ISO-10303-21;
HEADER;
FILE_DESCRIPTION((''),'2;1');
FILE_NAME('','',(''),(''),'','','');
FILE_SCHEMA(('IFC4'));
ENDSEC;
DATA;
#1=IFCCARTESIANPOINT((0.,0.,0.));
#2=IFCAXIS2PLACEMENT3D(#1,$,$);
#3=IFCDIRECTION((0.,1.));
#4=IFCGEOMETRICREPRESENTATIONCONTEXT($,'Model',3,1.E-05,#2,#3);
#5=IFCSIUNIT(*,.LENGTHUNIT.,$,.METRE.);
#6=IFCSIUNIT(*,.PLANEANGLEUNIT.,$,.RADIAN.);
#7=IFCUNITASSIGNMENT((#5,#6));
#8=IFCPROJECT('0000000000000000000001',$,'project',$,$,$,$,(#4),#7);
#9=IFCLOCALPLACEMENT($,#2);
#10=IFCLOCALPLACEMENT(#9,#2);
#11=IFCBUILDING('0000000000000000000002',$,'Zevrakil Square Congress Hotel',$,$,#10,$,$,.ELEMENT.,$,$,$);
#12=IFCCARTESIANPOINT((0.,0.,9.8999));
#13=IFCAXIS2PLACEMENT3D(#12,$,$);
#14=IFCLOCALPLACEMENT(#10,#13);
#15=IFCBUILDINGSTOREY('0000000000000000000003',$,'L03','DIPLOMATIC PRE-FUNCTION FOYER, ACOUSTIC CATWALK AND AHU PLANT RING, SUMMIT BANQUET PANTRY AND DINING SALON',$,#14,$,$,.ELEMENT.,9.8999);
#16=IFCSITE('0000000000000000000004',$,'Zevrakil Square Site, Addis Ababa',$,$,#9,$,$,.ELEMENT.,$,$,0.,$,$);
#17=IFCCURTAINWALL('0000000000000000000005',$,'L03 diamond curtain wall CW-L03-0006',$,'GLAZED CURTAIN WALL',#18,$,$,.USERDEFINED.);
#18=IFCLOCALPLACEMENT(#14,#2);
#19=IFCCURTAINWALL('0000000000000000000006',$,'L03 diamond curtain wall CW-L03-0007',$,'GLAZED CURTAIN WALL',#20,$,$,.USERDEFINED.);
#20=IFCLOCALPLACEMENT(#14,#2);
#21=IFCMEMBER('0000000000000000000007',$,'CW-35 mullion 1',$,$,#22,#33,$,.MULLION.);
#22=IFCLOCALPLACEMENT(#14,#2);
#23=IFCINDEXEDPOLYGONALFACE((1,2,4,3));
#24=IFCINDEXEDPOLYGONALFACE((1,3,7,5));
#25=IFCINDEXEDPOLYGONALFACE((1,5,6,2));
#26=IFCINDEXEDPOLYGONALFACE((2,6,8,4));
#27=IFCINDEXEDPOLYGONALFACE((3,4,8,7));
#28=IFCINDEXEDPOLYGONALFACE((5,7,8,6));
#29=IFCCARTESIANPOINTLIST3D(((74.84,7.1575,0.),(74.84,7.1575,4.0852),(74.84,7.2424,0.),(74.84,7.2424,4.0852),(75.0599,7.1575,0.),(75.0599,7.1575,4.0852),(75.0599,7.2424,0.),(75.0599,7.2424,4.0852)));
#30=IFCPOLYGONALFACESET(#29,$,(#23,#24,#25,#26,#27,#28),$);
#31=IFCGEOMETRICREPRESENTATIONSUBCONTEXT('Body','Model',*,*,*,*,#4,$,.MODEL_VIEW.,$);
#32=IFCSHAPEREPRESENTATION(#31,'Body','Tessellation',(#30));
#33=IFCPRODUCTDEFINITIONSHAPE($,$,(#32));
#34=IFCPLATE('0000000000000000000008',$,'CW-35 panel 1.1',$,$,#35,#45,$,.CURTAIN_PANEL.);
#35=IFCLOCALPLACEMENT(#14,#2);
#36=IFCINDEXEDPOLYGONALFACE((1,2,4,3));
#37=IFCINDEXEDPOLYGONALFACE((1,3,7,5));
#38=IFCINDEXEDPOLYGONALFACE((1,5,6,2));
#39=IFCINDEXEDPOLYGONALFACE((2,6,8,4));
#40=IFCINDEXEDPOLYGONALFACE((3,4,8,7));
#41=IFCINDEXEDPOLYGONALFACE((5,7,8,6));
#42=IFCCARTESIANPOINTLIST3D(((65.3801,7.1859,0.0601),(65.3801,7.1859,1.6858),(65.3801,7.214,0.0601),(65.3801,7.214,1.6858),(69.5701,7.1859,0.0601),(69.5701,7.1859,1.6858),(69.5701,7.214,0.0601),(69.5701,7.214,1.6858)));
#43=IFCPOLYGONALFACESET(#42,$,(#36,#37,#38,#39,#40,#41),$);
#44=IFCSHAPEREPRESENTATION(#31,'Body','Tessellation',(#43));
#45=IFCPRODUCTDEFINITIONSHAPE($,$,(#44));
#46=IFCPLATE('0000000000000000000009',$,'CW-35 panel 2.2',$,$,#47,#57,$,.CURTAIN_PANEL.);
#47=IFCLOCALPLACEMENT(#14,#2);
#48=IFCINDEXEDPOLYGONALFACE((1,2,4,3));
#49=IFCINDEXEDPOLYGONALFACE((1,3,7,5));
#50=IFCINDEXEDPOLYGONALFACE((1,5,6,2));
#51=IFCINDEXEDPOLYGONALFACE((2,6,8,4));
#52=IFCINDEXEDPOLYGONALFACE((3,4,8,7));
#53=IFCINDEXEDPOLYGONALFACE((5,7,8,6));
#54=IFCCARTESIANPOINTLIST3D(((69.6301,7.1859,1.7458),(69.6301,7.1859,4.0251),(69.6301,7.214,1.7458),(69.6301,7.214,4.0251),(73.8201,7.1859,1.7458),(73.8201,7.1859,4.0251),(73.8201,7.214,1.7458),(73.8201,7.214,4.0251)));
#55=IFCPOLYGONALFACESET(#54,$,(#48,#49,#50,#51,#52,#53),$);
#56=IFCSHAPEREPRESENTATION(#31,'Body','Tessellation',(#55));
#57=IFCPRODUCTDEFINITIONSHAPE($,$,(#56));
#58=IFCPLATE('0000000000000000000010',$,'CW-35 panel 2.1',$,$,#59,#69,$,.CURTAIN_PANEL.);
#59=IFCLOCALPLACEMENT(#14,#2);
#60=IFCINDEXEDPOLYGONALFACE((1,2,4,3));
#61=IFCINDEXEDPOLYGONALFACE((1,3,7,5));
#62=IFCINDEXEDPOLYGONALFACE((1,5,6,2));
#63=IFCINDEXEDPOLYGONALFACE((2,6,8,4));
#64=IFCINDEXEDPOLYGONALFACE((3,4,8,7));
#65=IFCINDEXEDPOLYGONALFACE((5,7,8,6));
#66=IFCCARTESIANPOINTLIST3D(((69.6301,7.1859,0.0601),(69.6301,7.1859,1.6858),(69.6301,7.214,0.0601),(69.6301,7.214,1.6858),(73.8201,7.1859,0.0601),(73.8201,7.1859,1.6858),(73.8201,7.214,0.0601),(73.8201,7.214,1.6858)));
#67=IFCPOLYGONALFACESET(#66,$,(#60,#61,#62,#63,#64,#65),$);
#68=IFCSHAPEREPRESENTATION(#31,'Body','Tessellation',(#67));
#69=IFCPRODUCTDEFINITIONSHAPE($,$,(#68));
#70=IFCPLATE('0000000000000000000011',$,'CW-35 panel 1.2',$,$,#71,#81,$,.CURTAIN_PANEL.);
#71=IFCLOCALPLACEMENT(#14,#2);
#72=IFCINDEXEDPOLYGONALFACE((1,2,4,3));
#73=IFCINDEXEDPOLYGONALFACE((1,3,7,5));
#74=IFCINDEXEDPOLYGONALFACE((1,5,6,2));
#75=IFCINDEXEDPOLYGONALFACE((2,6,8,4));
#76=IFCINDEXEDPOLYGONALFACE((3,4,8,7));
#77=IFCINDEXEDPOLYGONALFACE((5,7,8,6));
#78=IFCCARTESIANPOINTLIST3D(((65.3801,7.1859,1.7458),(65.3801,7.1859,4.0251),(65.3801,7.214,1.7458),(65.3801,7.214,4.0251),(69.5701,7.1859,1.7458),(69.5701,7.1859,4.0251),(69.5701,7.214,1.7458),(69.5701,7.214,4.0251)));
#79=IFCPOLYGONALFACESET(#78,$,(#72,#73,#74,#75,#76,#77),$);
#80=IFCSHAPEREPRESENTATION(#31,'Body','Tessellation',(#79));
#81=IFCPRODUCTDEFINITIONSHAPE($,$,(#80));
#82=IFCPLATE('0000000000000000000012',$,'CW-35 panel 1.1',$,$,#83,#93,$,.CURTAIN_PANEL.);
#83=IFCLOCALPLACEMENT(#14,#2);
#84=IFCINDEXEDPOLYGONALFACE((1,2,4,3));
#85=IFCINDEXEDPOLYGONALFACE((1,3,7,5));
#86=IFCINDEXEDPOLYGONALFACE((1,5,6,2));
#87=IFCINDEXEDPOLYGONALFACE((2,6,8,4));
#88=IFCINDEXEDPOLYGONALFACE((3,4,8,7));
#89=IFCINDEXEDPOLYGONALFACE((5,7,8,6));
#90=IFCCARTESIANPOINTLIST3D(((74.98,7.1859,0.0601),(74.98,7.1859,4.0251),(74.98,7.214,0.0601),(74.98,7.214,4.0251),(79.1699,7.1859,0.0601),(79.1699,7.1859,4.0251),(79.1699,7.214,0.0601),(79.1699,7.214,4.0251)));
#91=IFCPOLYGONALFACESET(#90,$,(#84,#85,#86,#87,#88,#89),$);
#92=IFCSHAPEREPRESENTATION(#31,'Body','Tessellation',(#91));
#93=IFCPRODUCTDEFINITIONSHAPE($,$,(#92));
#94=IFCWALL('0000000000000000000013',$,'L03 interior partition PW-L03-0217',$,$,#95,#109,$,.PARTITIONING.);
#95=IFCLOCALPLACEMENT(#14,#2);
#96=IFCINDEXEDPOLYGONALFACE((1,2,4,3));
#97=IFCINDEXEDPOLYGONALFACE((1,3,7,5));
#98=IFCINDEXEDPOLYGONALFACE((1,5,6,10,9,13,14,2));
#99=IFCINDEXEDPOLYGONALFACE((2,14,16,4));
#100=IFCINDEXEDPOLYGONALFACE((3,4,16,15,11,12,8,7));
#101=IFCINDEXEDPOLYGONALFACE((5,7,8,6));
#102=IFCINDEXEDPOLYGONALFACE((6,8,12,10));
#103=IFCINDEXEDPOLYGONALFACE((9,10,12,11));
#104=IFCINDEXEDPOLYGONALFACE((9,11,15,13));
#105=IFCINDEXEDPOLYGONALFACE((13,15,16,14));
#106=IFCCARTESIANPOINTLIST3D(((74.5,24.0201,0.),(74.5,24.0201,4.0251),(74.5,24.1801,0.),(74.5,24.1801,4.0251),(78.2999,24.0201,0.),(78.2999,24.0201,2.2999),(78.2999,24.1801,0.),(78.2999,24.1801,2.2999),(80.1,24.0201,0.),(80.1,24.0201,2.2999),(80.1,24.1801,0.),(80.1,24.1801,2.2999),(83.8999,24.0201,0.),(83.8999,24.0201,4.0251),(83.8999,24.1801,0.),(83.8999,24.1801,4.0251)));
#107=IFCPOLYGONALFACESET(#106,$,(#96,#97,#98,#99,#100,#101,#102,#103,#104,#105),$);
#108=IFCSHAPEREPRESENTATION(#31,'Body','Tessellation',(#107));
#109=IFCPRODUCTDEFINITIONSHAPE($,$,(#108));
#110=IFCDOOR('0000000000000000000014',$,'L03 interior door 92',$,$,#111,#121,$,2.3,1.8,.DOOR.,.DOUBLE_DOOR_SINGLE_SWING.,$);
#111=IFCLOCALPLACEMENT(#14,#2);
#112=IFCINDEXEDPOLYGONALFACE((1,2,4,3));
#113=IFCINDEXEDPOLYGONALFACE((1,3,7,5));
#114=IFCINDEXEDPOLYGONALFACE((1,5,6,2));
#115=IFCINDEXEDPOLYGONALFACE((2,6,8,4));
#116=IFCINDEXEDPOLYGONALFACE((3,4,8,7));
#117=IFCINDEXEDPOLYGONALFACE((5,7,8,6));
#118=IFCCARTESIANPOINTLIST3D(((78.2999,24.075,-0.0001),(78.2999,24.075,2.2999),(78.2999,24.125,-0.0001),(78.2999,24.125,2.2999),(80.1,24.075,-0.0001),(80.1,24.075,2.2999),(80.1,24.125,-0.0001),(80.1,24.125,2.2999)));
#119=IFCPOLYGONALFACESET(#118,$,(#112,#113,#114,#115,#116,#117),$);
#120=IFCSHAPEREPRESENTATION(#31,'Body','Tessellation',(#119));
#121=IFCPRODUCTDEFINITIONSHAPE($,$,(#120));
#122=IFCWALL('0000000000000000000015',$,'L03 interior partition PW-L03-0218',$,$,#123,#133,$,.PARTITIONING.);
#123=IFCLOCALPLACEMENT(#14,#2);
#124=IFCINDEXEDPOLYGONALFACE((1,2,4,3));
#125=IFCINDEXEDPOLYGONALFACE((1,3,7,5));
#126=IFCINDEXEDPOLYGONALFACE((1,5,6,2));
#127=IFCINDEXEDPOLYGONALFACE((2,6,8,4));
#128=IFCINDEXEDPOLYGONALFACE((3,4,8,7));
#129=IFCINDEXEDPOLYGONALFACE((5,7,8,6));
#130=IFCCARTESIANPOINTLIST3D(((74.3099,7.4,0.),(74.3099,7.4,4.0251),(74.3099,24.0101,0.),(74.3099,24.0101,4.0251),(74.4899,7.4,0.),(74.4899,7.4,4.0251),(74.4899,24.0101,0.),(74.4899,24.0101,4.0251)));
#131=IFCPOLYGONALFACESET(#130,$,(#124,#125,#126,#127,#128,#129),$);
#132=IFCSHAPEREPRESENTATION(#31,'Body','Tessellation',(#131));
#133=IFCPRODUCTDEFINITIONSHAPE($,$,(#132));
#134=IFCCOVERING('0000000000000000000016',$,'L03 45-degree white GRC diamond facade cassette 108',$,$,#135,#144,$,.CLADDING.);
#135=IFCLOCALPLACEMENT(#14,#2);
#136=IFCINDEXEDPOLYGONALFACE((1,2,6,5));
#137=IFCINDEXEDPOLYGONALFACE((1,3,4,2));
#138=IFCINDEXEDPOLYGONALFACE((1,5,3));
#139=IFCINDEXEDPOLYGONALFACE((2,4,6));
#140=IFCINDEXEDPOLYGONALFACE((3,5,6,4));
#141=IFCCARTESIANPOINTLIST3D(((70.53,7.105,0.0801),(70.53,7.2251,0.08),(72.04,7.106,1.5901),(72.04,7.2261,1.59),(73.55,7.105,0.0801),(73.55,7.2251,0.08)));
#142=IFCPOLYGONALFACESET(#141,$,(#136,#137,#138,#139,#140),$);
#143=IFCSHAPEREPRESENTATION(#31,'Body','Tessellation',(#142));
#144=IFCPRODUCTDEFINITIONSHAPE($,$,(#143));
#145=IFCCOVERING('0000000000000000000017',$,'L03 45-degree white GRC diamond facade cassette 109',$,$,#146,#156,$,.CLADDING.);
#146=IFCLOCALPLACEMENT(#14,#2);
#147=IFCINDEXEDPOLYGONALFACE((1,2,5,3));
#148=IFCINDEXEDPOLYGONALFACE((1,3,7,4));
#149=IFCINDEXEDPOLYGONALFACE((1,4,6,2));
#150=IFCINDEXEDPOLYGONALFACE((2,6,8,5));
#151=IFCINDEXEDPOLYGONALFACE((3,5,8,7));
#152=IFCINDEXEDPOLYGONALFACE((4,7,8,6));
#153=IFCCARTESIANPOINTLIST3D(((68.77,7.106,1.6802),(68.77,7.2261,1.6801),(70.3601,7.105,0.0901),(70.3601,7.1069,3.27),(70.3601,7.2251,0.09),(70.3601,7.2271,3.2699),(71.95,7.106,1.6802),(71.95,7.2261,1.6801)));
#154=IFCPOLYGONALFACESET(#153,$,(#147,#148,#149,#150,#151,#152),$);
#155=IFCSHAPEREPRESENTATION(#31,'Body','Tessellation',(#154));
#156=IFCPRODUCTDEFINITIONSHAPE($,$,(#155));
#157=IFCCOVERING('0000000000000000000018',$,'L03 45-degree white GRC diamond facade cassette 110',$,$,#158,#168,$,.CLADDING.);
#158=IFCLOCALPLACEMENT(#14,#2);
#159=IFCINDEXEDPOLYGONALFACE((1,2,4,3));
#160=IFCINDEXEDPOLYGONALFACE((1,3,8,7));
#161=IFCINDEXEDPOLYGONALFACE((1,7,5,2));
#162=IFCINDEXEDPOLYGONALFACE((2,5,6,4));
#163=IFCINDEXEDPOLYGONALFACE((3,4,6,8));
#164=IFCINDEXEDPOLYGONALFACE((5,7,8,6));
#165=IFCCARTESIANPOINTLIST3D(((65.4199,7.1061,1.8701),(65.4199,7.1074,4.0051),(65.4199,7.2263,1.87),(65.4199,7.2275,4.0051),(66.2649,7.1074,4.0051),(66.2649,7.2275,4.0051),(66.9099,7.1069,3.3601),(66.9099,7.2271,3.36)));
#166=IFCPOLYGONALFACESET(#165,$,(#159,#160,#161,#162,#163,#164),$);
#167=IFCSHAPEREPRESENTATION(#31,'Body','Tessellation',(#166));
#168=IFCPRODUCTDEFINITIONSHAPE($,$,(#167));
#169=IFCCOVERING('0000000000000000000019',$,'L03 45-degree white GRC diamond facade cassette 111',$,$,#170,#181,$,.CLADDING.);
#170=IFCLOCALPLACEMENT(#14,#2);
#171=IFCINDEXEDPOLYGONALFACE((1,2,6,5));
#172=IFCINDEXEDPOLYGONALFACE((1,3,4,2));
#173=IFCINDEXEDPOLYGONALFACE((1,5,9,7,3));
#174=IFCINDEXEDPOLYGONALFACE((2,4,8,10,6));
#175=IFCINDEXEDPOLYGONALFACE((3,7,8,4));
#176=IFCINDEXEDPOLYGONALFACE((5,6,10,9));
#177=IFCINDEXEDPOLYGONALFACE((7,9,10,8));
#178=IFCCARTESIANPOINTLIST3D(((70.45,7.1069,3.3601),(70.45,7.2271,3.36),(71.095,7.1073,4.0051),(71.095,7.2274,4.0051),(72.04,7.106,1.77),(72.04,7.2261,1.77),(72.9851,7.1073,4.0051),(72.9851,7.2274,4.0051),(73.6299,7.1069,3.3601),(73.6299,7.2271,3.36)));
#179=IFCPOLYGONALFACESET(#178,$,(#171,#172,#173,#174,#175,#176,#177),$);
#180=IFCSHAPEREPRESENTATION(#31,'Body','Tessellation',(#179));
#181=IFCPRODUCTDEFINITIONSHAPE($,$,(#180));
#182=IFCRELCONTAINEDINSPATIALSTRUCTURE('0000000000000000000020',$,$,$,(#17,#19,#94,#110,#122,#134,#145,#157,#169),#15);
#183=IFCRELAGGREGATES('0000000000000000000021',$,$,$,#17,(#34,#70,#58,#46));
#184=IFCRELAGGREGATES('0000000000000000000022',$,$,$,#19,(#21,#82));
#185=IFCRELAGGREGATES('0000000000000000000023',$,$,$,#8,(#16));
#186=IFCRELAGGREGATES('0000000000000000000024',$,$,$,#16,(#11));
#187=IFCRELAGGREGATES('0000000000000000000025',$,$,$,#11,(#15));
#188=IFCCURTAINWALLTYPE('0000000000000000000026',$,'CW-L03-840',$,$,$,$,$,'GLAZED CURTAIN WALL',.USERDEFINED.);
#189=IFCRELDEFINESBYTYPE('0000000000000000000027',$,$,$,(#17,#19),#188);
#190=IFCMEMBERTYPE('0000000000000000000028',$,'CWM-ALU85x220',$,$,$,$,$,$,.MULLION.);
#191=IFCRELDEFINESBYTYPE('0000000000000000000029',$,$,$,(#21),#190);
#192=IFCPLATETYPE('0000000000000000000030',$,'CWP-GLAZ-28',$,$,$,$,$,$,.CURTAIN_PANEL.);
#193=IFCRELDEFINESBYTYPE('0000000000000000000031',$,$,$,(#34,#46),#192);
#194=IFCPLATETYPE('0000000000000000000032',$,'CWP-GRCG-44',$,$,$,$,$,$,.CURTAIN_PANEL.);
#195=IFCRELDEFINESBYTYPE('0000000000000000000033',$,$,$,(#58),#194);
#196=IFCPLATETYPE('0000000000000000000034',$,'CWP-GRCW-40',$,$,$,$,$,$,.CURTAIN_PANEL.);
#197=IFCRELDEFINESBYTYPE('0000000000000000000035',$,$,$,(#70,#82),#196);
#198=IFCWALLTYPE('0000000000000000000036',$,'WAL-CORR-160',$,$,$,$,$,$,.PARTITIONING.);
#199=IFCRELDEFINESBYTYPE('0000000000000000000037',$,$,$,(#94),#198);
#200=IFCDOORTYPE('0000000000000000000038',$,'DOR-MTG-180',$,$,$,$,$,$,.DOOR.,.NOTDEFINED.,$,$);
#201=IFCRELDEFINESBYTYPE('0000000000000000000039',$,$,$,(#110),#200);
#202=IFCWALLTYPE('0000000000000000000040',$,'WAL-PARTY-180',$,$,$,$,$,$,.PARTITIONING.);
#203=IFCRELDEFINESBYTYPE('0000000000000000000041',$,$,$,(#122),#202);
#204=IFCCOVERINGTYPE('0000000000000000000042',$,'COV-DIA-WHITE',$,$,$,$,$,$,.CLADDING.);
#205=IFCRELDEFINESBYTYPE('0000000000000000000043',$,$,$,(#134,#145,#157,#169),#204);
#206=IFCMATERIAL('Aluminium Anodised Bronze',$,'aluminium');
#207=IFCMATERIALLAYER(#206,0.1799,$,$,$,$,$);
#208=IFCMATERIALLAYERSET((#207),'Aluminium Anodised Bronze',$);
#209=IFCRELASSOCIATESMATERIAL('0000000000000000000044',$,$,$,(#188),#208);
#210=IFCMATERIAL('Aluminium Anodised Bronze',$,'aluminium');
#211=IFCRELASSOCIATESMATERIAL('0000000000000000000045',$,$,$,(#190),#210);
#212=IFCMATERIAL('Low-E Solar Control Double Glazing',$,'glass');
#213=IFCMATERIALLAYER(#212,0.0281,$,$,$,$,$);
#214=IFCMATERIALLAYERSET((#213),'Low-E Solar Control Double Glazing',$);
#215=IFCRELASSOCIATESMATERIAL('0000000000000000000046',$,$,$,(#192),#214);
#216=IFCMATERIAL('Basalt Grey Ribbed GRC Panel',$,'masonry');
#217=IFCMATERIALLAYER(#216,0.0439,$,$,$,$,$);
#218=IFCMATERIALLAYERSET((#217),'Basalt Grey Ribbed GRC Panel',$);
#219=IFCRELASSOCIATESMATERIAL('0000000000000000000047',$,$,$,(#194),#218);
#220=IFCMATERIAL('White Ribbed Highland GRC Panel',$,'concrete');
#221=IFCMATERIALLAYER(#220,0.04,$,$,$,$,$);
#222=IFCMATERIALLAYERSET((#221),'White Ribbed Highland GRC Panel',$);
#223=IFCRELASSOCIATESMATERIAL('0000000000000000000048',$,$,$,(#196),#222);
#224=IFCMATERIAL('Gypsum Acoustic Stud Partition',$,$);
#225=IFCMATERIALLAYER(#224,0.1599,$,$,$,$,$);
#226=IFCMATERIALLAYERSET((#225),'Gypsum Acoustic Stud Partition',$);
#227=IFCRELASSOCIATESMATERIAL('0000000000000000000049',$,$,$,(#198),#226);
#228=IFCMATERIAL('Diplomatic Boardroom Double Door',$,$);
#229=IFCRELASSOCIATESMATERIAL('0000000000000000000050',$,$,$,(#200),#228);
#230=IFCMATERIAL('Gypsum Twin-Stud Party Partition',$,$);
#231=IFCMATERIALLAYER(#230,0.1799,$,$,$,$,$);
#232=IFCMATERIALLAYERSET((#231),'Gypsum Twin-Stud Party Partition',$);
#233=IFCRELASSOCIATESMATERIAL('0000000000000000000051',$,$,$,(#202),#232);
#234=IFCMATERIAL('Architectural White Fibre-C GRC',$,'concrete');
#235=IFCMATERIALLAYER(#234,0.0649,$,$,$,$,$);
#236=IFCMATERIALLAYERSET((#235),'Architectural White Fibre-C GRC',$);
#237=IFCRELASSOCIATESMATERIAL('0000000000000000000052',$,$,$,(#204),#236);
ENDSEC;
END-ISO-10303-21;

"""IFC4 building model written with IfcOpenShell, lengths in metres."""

from ifc_helpers import new_model, si_unit, direction, frame, frame_2d, origin, origin_2d, place, context, subcontext, project, spatial, polyline, rectangle, outline, extrude, material, layer, layer_set, material_profile, profile_set, type_object, element, fill, aggregate, save


model = new_model("IFC4")

# Units and contexts
model_context = context("Model", 3, precision=1e-05, world=origin(), true_north=direction((0.0, 1.0)))
body_context = subcontext(model_context, "Body", "Model", "MODEL_VIEW")
ifc_project = project(units=[si_unit("LENGTHUNIT", "METRE"), si_unit("PLANEANGLEUNIT", "RADIAN")], contexts=[model_context])

# Site, building, storey
site_placement = place(None, origin())
site = spatial("IfcSite", under=ifc_project, at=site_placement, Name="Zevrakil Square Site, Addis Ababa", CompositionType="ELEMENT", RefElevation=0.0)
building_placement = place(site_placement, origin())
building = spatial("IfcBuilding", under=site, at=building_placement, Name="Zevrakil Square Congress Hotel", CompositionType="ELEMENT")
storey_placement = place(building_placement, frame((0.0, 0.0, 9.8999)))
storey = spatial("IfcBuildingStorey", under=building, at=storey_placement, Name="L03", Description="DIPLOMATIC PRE-FUNCTION FOYER, ACOUSTIC CATWALK AND AHU PLANT RING, SUMMIT BANQUET PANTRY AND DINING SALON", CompositionType="ELEMENT", Elevation=9.8999)

# Curtain walls
ifc_material_1 = material(Name="Aluminium Anodised Bronze", Category="aluminium")
ifc_layer_1 = layer(ifc_material_1, 0.1799)
ifc_layer_set_1 = layer_set([ifc_layer_1], Name="Aluminium Anodised Bronze")
curtain_wall_type = type_object("IfcCurtainWallType", Name="CW-L03-840", ElementType="GLAZED CURTAIN WALL", PredefinedType="USERDEFINED", material=ifc_layer_set_1)
curtain_wall_1_placement = place(storey_placement, origin())
curtain_wall_1 = element("IfcCurtainWall", 1, at=curtain_wall_1_placement, inside=storey, type_object=curtain_wall_type, Name="L03 diamond curtain wall CW-L03-0006", ObjectType="GLAZED CURTAIN WALL", PredefinedType="USERDEFINED")
curtain_wall_2_placement = place(storey_placement, origin())
curtain_wall_2 = element("IfcCurtainWall", 2, at=curtain_wall_2_placement, inside=storey, type_object=curtain_wall_type, Name="L03 diamond curtain wall CW-L03-0007", ObjectType="GLAZED CURTAIN WALL", PredefinedType="USERDEFINED")

# Member
ifc_material_2 = material(Name="Aluminium Anodised Bronze", Category="aluminium")
ifc_material_profile_1 = material_profile(ifc_material_2, rectangle(XDim=0.085, YDim=0.22, at=origin_2d()), Name="ALU 85x220")
ifc_profile_set_1 = profile_set([ifc_material_profile_1], Name="Aluminium Anodised Bronze")
member_type_1 = type_object("IfcMemberType", Name="CWM-ALU85x220", PredefinedType="MULLION", material=ifc_profile_set_1)
member_1_placement = place(storey_placement, frame((74.95, 7.2, 0.0), z_axis=(0.0, 0.0, 1.0), x_axis=(0.0, 1.0, 0.0)))
member_1 = element("IfcMember", 3, at=member_1_placement, type_object=member_type_1, Name="CW-35 mullion 1", PredefinedType="MULLION", context=body_context, shape_type="SweptSolid", body=[
    extrude(rectangle(XDim=0.085, YDim=0.22, at=origin_2d()), origin(), (0.0, 0.0, 1.0), 4.0852),
])

# Plates
ifc_material_3 = material(Name="Low-E Solar Control Double Glazing", Category="glass")
ifc_layer_2 = layer(ifc_material_3, 0.0281)
ifc_layer_set_2 = layer_set([ifc_layer_2], Name="Low-E Solar Control Double Glazing")
plate_type_1 = type_object("IfcPlateType", Name="CWP-GLAZ-28", PredefinedType="CURTAIN_PANEL", material=ifc_layer_set_2)
plate_1_placement = place(storey_placement, frame((67.4751, 7.2, 0.0601), z_axis=(0.0, 0.0, 1.0), x_axis=(1.0, 0.0, 0.0)))
plate_1 = element("IfcPlate", 4, at=plate_1_placement, type_object=plate_type_1, Name="CW-35 panel 1.1", PredefinedType="CURTAIN_PANEL", context=body_context, shape_type="SweptSolid", body=[
    extrude(rectangle(XDim=4.1899, YDim=0.0281, at=origin_2d()), origin(), (0.0, 0.0, 1.0), 1.6257),
])
plate_2_placement = place(storey_placement, frame((71.7251, 7.2, 1.7458), z_axis=(0.0, 0.0, 1.0), x_axis=(1.0, 0.0, 0.0)))
plate_2 = element("IfcPlate", 5, at=plate_2_placement, type_object=plate_type_1, Name="CW-35 panel 2.2", PredefinedType="CURTAIN_PANEL", context=body_context, shape_type="SweptSolid", body=[
    extrude(rectangle(XDim=4.1899, YDim=0.0281, at=origin_2d()), origin(), (0.0, 0.0, 1.0), 2.2793),
])
ifc_material_4 = material(Name="Basalt Grey Ribbed GRC Panel", Category="masonry")
ifc_layer_3 = layer(ifc_material_4, 0.0439)
ifc_layer_set_3 = layer_set([ifc_layer_3], Name="Basalt Grey Ribbed GRC Panel")
plate_type_2 = type_object("IfcPlateType", Name="CWP-GRCG-44", PredefinedType="CURTAIN_PANEL", material=ifc_layer_set_3)
plate_3_placement = place(storey_placement, frame((71.7251, 7.2, 0.0601), z_axis=(0.0, 0.0, 1.0), x_axis=(1.0, 0.0, 0.0)))
plate_3 = element("IfcPlate", 6, at=plate_3_placement, type_object=plate_type_2, Name="CW-35 panel 2.1", PredefinedType="CURTAIN_PANEL", context=body_context, shape_type="SweptSolid", body=[
    extrude(rectangle(XDim=4.1899, YDim=0.0281, at=origin_2d()), origin(), (0.0, 0.0, 1.0), 1.6257),
])
ifc_material_5 = material(Name="White Ribbed Highland GRC Panel", Category="concrete")
ifc_layer_4 = layer(ifc_material_5, 0.04)
ifc_layer_set_4 = layer_set([ifc_layer_4], Name="White Ribbed Highland GRC Panel")
plate_type_3 = type_object("IfcPlateType", Name="CWP-GRCW-40", PredefinedType="CURTAIN_PANEL", material=ifc_layer_set_4)
plate_4_placement = place(storey_placement, frame((67.4751, 7.2, 1.7458), z_axis=(0.0, 0.0, 1.0), x_axis=(1.0, 0.0, 0.0)))
plate_4 = element("IfcPlate", 7, at=plate_4_placement, type_object=plate_type_3, Name="CW-35 panel 1.2", PredefinedType="CURTAIN_PANEL", context=body_context, shape_type="SweptSolid", body=[
    extrude(rectangle(XDim=4.1899, YDim=0.0281, at=origin_2d()), origin(), (0.0, 0.0, 1.0), 2.2793),
])
aggregate(curtain_wall_1, [plate_1, plate_4, plate_3, plate_2])
plate_5_placement = place(storey_placement, frame((77.075, 7.2, 0.0601), z_axis=(0.0, 0.0, 1.0), x_axis=(1.0, 0.0, 0.0)))
plate_5 = element("IfcPlate", 8, at=plate_5_placement, type_object=plate_type_3, Name="CW-35 panel 1.1", PredefinedType="CURTAIN_PANEL", context=body_context, shape_type="SweptSolid", body=[
    extrude(rectangle(XDim=4.1899, YDim=0.0281, at=origin_2d()), origin(), (0.0, 0.0, 1.0), 3.9651),
])
aggregate(curtain_wall_2, [member_1, plate_5])

# Wall, opening, door
ifc_material_6 = material(Name="Gypsum Acoustic Stud Partition")
ifc_layer_5 = layer(ifc_material_6, 0.1599)
ifc_layer_set_5 = layer_set([ifc_layer_5], Name="Gypsum Acoustic Stud Partition")
wall_type_1 = type_object("IfcWallType", Name="WAL-CORR-160", PredefinedType="PARTITIONING", material=ifc_layer_set_5)
wall_1_placement = place(storey_placement, frame((74.5, 24.1001, 0.0), z_axis=(0.0, 0.0, 1.0), x_axis=(1.0, 0.0, 0.0)))
wall_1 = element("IfcWall", 9, at=wall_1_placement, inside=storey, type_object=wall_type_1, Name="L03 interior partition PW-L03-0217", PredefinedType="PARTITIONING", context=body_context, shape_type="SweptSolid", body=[
    extrude(rectangle(XDim=9.3999, YDim=0.1599, at=frame_2d((4.7, 0.0))), origin(), (0.0, 0.0, 1.0), 4.0251),
])
opening_placement = place(wall_1_placement, frame((3.8, 0.0, 0.0)))
opening = element("IfcOpeningElement", 10, at=opening_placement, cuts=wall_1, PredefinedType="OPENING", context=body_context, shape_type="SweptSolid", body=[
    extrude(rectangle(XDim=1.8, YDim=2.3, at=frame_2d((0.8999, 1.1499))), frame((0.0, 0.0898, 0.0), z_axis=(0.0, -1.0, 0.0), x_axis=(1.0, 0.0, 0.0)), (0.0, 0.0, 1.0), 0.1799),
])
ifc_material_7 = material(Name="Diplomatic Boardroom Double Door")
door_type = type_object("IfcDoorType", Name="DOR-MTG-180", OperationType="NOTDEFINED", PredefinedType="DOOR", material=ifc_material_7)
door_placement = place(opening_placement, origin())
door = element("IfcDoor", 11, at=door_placement, inside=storey, type_object=door_type, Name="L03 interior door 92", OperationType="DOUBLE_DOOR_SINGLE_SWING", OverallHeight=2.3, OverallWidth=1.8, PredefinedType="DOOR", context=body_context, shape_type="SweptSolid", body=[
    extrude(rectangle(XDim=1.8, YDim=2.3, at=frame_2d((0.8999, 1.1499))), frame((0.0, 0.0249, 0.0), z_axis=(0.0, -1.0, 0.0), x_axis=(1.0, 0.0, 0.0)), (0.0, 0.0, 1.0), 0.05),
])
fill(opening, door)

# Wall
ifc_material_8 = material(Name="Gypsum Twin-Stud Party Partition")
ifc_layer_6 = layer(ifc_material_8, 0.1799)
ifc_layer_set_6 = layer_set([ifc_layer_6], Name="Gypsum Twin-Stud Party Partition")
wall_type_2 = type_object("IfcWallType", Name="WAL-PARTY-180", PredefinedType="PARTITIONING", material=ifc_layer_set_6)
wall_2_placement = place(storey_placement, frame((74.3999, 7.3999, 0.0), z_axis=(0.0, 0.0, 1.0), x_axis=(0.0, 1.0, 0.0)))
element("IfcWall", 12, at=wall_2_placement, inside=storey, type_object=wall_type_2, Name="L03 interior partition PW-L03-0218", PredefinedType="PARTITIONING", context=body_context, shape_type="SweptSolid", body=[
    extrude(rectangle(XDim=16.6101, YDim=0.1799, at=frame_2d((8.3052, 0.0))), origin(), (0.0, 0.0, 1.0), 4.0251),
])

# Coverings
ifc_material_9 = material(Name="Architectural White Fibre-C GRC", Category="concrete")
ifc_layer_7 = layer(ifc_material_9, 0.0649)
ifc_layer_set_7 = layer_set([ifc_layer_7], Name="Architectural White Fibre-C GRC")
covering_type_1 = type_object("IfcCoveringType", Name="COV-DIA-WHITE", PredefinedType="CLADDING", material=ifc_layer_set_7)
covering_1_placement = place(storey_placement, frame((72.04, 7.106, 1.5901), z_axis=(0.0, -1.0, 0.000647), x_axis=(0.707107, -0.000457, -0.707107)))
element("IfcCovering", 13, at=covering_1_placement, inside=storey, type_object=covering_type_1, Name="L03 45-degree white GRC diamond facade cassette 108", PredefinedType="CLADDING", context=body_context, shape_type="SweptSolid", body=[
    extrude(outline(polyline([(0.0, 0.0), (2.1355, 0.0), (0.0, -2.1355), (0.0, 0.0)])), origin(), (0.0, 0.0, -1.0), 0.1201),
])
covering_2_placement = place(storey_placement, frame((70.3601, 7.1069, 3.27), z_axis=(0.0, -1.0, 0.000614), x_axis=(0.707107, -0.000434, -0.707107)))
element("IfcCovering", 14, at=covering_2_placement, inside=storey, type_object=covering_type_1, Name="L03 45-degree white GRC diamond facade cassette 109", PredefinedType="CLADDING", context=body_context, shape_type="SweptSolid", body=[
    extrude(outline(polyline([(0.0, 0.0), (2.2484, 0.0), (2.2486, -2.2486), (-0.0002, -2.2486), (0.0, 0.0)])), origin(), (0.0, 0.0, -1.0), 0.1201),
])
covering_3_placement = place(storey_placement, frame((66.9099, 7.1069, 3.3601), z_axis=(-0.000068, -1.0, 0.000599), x_axis=(-0.707107, -0.000375, -0.707107)))
element("IfcCovering", 15, at=covering_3_placement, inside=storey, type_object=covering_type_1, Name="L03 45-degree white GRC diamond facade cassette 110", PredefinedType="CLADDING", context=body_context, shape_type="SweptSolid", body=[
    extrude(outline(polyline([(0.0, 0.0), (2.1072, 0.0), (0.5975, -1.5097), (0.0, -0.9122), (0.0, 0.0)])), origin(), (0.0, 0.0, -1.0), 0.1201),
])
covering_4_placement = place(storey_placement, frame((73.6299, 7.1069, 3.3601), z_axis=(0.0, -1.0, 0.000577), x_axis=(-0.707052, -0.000408, -0.707161)))
element("IfcCovering", 16, at=covering_4_placement, inside=storey, type_object=covering_type_1, Name="L03 45-degree white GRC diamond facade cassette 111", PredefinedType="CLADDING", context=body_context, shape_type="SweptSolid", body=[
    extrude(outline(polyline([(0.0, 0.0), (2.2486, 0.0), (2.2484, -2.2487), (1.3362, -2.2487), (-0.0002, -0.912), (0.0, 0.0)])), origin(), (0.0, 0.0, -1.0), 0.1201),
])

save(model, "model.ifc")
